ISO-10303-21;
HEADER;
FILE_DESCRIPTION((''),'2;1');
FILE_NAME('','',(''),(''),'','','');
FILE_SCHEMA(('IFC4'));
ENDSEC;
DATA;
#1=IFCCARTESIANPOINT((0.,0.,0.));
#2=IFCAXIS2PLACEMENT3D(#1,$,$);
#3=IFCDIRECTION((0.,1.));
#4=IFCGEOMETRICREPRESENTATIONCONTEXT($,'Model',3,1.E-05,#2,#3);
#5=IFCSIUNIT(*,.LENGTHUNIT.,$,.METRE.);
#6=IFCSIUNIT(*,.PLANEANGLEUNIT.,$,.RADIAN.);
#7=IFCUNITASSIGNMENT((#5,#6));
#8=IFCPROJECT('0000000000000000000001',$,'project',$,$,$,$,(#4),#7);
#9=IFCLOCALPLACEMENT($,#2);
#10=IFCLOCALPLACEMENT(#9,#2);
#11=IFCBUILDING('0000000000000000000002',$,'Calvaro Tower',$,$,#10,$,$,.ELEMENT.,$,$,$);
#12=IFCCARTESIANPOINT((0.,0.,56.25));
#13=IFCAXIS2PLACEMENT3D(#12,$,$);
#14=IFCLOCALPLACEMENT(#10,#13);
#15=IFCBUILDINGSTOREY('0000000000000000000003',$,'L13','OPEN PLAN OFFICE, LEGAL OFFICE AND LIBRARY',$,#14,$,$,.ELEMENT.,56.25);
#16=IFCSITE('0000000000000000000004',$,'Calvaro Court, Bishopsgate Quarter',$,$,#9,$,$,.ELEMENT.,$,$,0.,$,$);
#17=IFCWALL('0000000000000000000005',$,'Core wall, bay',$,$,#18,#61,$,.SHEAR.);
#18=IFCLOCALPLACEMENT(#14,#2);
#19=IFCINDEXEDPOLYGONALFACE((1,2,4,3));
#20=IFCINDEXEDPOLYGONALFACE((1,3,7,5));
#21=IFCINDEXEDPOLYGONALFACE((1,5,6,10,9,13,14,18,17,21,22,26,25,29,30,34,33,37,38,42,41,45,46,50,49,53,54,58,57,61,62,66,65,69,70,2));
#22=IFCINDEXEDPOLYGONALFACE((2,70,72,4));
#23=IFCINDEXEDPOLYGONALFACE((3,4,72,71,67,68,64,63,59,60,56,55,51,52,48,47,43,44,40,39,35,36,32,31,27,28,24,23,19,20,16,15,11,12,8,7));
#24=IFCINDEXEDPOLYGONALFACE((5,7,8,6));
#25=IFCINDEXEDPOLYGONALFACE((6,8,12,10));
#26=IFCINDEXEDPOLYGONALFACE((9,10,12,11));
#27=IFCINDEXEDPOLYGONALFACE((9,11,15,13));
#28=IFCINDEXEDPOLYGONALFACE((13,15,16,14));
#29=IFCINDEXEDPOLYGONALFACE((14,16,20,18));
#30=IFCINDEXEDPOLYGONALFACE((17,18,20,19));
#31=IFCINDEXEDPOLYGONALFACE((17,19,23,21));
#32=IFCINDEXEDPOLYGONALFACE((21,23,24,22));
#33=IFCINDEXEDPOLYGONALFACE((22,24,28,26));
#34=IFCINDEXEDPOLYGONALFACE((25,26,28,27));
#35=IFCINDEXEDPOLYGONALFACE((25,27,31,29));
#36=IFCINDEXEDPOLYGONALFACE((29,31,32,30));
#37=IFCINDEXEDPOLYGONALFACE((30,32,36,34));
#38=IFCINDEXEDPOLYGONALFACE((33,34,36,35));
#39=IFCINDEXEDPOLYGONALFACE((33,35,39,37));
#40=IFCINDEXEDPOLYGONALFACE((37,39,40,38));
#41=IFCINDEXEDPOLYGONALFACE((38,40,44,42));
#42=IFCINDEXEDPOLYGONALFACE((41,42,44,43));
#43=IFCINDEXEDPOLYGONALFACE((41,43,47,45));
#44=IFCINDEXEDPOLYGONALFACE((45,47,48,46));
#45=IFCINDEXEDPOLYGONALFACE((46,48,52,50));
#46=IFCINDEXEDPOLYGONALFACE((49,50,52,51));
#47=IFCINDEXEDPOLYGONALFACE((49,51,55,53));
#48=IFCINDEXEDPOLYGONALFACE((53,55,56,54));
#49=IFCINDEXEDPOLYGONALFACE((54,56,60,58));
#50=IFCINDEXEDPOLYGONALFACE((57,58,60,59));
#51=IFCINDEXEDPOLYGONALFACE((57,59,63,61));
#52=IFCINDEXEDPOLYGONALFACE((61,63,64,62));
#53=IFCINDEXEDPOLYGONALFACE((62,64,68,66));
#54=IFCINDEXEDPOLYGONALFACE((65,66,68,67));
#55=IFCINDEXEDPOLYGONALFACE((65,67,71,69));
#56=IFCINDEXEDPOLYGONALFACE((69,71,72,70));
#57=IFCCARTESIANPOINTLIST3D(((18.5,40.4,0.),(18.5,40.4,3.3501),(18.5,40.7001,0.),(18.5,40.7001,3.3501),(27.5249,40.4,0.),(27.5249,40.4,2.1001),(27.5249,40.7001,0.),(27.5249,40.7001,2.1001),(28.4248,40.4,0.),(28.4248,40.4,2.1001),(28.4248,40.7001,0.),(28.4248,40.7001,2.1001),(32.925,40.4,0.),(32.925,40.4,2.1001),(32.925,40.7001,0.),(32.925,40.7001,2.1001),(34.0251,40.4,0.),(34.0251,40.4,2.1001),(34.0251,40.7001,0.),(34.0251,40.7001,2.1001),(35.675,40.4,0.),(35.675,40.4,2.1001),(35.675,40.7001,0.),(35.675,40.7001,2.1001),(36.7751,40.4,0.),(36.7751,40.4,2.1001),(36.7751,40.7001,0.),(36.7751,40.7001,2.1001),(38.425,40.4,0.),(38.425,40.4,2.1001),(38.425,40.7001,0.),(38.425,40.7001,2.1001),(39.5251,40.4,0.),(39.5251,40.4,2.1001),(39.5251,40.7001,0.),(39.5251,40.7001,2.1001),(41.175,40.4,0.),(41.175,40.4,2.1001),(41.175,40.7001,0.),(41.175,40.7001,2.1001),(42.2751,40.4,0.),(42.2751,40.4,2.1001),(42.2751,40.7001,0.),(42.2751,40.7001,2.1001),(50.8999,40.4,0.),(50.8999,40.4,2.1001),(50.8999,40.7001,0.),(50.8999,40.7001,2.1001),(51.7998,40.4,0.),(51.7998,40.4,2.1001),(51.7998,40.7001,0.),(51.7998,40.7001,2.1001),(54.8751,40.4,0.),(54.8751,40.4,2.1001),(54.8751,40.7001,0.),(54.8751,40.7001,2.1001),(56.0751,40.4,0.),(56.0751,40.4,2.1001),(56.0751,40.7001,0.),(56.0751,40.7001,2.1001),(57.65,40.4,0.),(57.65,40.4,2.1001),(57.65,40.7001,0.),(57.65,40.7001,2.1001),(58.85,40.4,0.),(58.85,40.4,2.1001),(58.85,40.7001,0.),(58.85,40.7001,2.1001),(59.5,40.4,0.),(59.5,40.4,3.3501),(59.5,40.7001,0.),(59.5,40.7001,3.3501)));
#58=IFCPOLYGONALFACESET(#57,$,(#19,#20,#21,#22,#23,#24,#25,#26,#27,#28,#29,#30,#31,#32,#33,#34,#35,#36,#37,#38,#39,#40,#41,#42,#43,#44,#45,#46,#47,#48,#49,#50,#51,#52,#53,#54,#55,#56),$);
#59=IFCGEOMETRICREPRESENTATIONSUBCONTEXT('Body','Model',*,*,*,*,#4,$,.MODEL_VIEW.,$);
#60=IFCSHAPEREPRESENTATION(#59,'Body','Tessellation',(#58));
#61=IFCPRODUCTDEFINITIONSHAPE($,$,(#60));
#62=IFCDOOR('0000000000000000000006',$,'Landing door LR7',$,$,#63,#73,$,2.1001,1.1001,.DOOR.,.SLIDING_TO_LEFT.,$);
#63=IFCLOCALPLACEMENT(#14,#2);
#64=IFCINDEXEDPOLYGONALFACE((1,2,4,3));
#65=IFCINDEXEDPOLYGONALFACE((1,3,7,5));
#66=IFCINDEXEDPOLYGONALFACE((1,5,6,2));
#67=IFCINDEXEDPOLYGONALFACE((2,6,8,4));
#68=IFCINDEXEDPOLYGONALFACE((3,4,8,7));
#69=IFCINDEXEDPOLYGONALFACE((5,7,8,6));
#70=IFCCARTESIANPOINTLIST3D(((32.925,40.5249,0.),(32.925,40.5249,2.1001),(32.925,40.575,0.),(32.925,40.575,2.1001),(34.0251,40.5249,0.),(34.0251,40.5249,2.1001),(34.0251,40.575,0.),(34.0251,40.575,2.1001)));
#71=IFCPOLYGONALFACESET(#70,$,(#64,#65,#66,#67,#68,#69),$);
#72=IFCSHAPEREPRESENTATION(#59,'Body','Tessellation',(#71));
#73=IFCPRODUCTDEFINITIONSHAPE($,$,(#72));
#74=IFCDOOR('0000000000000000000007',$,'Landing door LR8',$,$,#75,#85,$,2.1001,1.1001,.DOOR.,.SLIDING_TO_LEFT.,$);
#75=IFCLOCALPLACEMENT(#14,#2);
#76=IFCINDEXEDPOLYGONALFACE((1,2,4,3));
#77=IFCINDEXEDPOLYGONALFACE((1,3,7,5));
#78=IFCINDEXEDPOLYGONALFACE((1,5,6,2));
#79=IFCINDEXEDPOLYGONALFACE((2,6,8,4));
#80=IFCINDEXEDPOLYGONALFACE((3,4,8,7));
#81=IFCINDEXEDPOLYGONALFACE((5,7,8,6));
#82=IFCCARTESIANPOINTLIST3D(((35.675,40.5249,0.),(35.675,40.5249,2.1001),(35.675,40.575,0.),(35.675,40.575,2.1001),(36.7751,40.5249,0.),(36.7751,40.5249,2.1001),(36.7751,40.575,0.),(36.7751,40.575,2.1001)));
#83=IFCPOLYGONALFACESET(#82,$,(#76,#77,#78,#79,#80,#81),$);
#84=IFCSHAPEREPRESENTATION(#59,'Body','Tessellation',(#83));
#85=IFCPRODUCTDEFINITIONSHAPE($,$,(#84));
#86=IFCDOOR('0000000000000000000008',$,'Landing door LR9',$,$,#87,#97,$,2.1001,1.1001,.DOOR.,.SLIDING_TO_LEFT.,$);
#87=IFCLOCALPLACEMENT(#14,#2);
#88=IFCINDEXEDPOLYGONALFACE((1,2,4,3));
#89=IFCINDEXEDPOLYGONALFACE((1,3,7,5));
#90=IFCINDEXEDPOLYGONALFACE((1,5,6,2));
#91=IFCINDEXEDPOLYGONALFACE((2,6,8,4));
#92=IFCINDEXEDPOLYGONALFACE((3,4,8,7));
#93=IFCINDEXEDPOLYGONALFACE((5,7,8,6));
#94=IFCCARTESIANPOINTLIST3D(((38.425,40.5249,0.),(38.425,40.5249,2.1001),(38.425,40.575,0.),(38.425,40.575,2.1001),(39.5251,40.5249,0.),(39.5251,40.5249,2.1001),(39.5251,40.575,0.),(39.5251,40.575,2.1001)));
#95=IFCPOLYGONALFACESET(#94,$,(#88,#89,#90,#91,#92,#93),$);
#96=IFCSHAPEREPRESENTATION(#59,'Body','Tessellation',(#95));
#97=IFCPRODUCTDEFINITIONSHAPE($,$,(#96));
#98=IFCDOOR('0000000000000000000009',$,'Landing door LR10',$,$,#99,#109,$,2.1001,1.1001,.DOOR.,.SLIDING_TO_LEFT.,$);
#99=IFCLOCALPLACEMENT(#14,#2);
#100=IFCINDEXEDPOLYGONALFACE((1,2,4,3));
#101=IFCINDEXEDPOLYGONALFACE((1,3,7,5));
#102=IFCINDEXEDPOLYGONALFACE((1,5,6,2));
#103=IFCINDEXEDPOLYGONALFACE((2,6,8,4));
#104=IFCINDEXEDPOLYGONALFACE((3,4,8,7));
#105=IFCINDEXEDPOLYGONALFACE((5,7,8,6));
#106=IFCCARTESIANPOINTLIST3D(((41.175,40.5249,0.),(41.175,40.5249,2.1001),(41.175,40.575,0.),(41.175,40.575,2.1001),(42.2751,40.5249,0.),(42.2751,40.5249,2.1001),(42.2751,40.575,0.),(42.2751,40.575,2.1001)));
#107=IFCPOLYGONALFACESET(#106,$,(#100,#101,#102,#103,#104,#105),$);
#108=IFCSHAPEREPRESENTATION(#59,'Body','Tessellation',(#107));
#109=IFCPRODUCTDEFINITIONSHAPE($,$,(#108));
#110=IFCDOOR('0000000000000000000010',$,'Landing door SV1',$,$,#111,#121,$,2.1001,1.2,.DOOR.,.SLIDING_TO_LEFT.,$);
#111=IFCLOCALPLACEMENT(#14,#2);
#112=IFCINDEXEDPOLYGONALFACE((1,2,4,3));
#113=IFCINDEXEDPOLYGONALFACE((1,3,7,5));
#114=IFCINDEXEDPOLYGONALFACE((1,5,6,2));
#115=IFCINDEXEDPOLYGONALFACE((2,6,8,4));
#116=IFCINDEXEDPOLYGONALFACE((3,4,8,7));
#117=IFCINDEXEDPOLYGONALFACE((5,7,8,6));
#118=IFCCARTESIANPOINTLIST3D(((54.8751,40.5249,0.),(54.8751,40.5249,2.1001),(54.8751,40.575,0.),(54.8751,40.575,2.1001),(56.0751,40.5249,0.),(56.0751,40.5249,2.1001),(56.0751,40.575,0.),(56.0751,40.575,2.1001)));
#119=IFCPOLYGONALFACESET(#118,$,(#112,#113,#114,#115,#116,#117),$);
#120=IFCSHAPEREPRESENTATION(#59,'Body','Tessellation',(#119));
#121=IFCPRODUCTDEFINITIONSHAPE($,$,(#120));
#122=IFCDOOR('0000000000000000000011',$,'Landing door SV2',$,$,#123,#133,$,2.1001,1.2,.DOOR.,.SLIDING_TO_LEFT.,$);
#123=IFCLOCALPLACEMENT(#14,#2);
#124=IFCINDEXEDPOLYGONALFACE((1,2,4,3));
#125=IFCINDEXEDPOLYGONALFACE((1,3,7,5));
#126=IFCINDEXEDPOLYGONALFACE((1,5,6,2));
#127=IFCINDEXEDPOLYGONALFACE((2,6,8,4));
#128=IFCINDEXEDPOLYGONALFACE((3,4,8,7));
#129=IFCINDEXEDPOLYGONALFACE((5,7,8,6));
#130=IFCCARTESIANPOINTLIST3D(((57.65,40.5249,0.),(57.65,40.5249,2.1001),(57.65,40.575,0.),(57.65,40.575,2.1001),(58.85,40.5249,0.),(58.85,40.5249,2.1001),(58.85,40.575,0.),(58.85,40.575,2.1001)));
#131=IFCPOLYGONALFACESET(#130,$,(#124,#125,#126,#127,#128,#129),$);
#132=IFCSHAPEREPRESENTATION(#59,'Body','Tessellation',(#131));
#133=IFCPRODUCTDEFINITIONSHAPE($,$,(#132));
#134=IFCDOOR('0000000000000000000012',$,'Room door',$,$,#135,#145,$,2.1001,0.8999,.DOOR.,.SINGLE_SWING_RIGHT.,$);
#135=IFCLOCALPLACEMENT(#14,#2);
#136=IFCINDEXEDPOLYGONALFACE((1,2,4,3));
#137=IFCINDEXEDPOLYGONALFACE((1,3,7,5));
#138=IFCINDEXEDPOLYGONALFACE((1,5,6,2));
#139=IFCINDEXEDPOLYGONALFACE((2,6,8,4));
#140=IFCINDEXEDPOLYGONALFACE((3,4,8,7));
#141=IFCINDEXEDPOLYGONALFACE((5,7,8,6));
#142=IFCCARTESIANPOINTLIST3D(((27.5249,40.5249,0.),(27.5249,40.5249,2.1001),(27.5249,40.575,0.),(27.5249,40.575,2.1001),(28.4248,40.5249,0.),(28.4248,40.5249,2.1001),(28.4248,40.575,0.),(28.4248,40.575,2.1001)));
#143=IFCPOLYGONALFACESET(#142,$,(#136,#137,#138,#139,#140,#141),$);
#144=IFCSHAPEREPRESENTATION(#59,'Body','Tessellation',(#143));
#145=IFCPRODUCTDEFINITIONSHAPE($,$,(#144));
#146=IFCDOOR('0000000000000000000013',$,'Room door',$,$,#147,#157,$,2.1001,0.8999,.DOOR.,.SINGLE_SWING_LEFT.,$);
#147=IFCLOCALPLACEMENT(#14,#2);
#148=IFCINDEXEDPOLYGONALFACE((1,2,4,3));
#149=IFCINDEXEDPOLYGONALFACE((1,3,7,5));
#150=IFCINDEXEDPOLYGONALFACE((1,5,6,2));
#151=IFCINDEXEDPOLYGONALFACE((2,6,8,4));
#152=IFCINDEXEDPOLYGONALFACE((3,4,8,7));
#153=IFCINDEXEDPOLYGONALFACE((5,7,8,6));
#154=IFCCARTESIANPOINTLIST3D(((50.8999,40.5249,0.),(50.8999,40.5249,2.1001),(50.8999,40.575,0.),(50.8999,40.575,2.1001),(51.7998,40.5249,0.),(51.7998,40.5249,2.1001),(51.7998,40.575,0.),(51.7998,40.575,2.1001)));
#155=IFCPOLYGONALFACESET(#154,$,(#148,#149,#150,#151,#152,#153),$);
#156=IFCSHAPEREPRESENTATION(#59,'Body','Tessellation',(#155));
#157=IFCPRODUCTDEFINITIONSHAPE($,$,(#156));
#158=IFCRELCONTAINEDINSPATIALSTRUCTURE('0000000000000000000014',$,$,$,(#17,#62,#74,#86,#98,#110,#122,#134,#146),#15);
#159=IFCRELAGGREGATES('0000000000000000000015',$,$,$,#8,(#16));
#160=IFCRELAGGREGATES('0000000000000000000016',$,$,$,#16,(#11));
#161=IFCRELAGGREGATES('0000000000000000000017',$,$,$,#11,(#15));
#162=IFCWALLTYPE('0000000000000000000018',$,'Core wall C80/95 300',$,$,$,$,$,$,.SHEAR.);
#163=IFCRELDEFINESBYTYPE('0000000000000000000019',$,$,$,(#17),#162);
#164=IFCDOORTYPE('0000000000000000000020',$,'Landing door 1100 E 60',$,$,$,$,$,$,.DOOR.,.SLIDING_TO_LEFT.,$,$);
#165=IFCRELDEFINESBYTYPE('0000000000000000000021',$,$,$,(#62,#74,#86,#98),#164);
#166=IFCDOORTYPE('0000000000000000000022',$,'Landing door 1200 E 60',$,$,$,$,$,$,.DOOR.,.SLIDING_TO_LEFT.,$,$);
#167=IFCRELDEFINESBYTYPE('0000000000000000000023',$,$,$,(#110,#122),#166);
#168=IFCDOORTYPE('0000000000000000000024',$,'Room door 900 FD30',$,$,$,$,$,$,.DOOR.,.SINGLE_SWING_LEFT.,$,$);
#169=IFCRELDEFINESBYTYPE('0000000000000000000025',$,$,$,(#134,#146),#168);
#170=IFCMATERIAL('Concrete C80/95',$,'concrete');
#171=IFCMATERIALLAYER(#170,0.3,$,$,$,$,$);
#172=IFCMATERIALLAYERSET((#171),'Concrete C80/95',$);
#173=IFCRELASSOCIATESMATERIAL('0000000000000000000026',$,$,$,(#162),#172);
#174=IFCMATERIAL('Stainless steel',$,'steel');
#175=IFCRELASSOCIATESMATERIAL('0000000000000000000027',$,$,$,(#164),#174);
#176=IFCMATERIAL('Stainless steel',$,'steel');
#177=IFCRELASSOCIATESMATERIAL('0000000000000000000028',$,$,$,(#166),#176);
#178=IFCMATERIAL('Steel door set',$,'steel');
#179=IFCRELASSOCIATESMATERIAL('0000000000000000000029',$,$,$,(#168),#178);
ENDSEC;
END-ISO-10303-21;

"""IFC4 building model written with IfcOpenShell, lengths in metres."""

from ifc_helpers import new_model, si_unit, direction, frame, frame_2d, origin, place, context, subcontext, project, spatial, rectangle, extrude, material, layer, layer_set, type_object, element, fill, save


model = new_model("IFC4")

# Units and contexts
model_context = context("Model", 3, precision=1e-05, world=origin(), true_north=direction((0.0, 1.0)))
body_context = subcontext(model_context, "Body", "Model", "MODEL_VIEW")
ifc_project = project(units=[si_unit("LENGTHUNIT", "METRE"), si_unit("PLANEANGLEUNIT", "RADIAN")], contexts=[model_context])

# Site, building, storey
site_placement = place(None, origin())
site = spatial("IfcSite", under=ifc_project, at=site_placement, Name="Calvaro Court, Bishopsgate Quarter", CompositionType="ELEMENT", RefElevation=0.0)
building_placement = place(site_placement, origin())
building = spatial("IfcBuilding", under=site, at=building_placement, Name="Calvaro Tower", CompositionType="ELEMENT")
storey_placement = place(building_placement, frame((0.0, 0.0, 56.25)))
storey = spatial("IfcBuildingStorey", under=building, at=storey_placement, Name="L13", Description="OPEN PLAN OFFICE, LEGAL OFFICE AND LIBRARY", CompositionType="ELEMENT", Elevation=56.25)

# Shared definitions
ifc_material_1 = material(Name="Concrete C80/95", Category="concrete")
ifc_layer_1 = layer(ifc_material_1, 0.3)
ifc_layer_set_1 = layer_set([ifc_layer_1], Name="Concrete C80/95")
wall_type_1 = type_object("IfcWallType", Name="Core wall C80/95 300", PredefinedType="SHEAR", material=ifc_layer_set_1)
ifc_material_2 = material(Name="Stainless steel", Category="steel")
door_type_1 = type_object("IfcDoorType", Name="Landing door 1100 E 60", OperationType="SLIDING_TO_LEFT", PredefinedType="DOOR", material=ifc_material_2)

# Wall, openings, doors
wall_1_placement = place(storey_placement, frame((18.5, 40.55, 0.0), z_axis=(0.0, 0.0, 1.0), x_axis=(1.0, 0.0, 0.0)))
wall_1 = element("IfcWall", 1, at=wall_1_placement, inside=storey, type_object=wall_type_1, Name="Core wall, bay", PredefinedType="SHEAR", context=body_context, shape_type="SweptSolid", body=[
    extrude(rectangle(XDim=41.0, YDim=0.3, at=frame_2d((20.5, 0.0))), origin(), (0.0, 0.0, 1.0), 3.3501),
])
opening_1_placement = place(wall_1_placement, frame((9.0249, 0.0, 0.0)))
opening_1 = element("IfcOpeningElement", 2, at=opening_1_placement, cuts=wall_1, PredefinedType="OPENING", context=body_context, shape_type="SweptSolid", body=[
    extrude(rectangle(XDim=0.8999, YDim=2.1001, at=frame_2d((0.45, 1.05))), frame((0.0, 0.1599, 0.0), z_axis=(0.0, -1.0, 0.0), x_axis=(1.0, 0.0, 0.0)), (0.0, 0.0, 1.0), 0.3201),
])
opening_2_placement = place(wall_1_placement, frame((32.3999, 0.0, 0.0)))
opening_2 = element("IfcOpeningElement", 3, at=opening_2_placement, cuts=wall_1, PredefinedType="OPENING", context=body_context, shape_type="SweptSolid", body=[
    extrude(rectangle(XDim=0.8999, YDim=2.1001, at=frame_2d((0.45, 1.05))), frame((0.0, 0.1599, 0.0), z_axis=(0.0, -1.0, 0.0), x_axis=(1.0, 0.0, 0.0)), (0.0, 0.0, 1.0), 0.3201),
])
opening_3_placement = place(wall_1_placement, frame((14.425, 0.0, 0.0)))
opening_3 = element("IfcOpeningElement", 4, at=opening_3_placement, cuts=wall_1, PredefinedType="OPENING", context=body_context, shape_type="SweptSolid", body=[
    extrude(rectangle(XDim=1.1001, YDim=2.1001, at=frame_2d((0.55, 1.05))), frame((0.0, 0.1599, 0.0), z_axis=(0.0, -1.0, 0.0), x_axis=(1.0, 0.0, 0.0)), (0.0, 0.0, 1.0), 0.3201),
])
opening_4_placement = place(wall_1_placement, frame((17.175, 0.0, 0.0)))
opening_4 = element("IfcOpeningElement", 5, at=opening_4_placement, cuts=wall_1, PredefinedType="OPENING", context=body_context, shape_type="SweptSolid", body=[
    extrude(rectangle(XDim=1.1001, YDim=2.1001, at=frame_2d((0.55, 1.05))), frame((0.0, 0.1599, 0.0), z_axis=(0.0, -1.0, 0.0), x_axis=(1.0, 0.0, 0.0)), (0.0, 0.0, 1.0), 0.3201),
])
opening_5_placement = place(wall_1_placement, frame((19.925, 0.0, 0.0)))
opening_5 = element("IfcOpeningElement", 6, at=opening_5_placement, cuts=wall_1, PredefinedType="OPENING", context=body_context, shape_type="SweptSolid", body=[
    extrude(rectangle(XDim=1.1001, YDim=2.1001, at=frame_2d((0.55, 1.05))), frame((0.0, 0.1599, 0.0), z_axis=(0.0, -1.0, 0.0), x_axis=(1.0, 0.0, 0.0)), (0.0, 0.0, 1.0), 0.3201),
])
opening_6_placement = place(wall_1_placement, frame((22.675, 0.0, 0.0)))
opening_6 = element("IfcOpeningElement", 7, at=opening_6_placement, cuts=wall_1, PredefinedType="OPENING", context=body_context, shape_type="SweptSolid", body=[
    extrude(rectangle(XDim=1.1001, YDim=2.1001, at=frame_2d((0.55, 1.05))), frame((0.0, 0.1599, 0.0), z_axis=(0.0, -1.0, 0.0), x_axis=(1.0, 0.0, 0.0)), (0.0, 0.0, 1.0), 0.3201),
])
opening_7_placement = place(wall_1_placement, frame((36.375, 0.0, 0.0)))
opening_7 = element("IfcOpeningElement", 8, at=opening_7_placement, cuts=wall_1, PredefinedType="OPENING", context=body_context, shape_type="SweptSolid", body=[
    extrude(rectangle(XDim=1.2, YDim=2.1001, at=frame_2d((0.6001, 1.05))), frame((0.0, 0.1599, 0.0), z_axis=(0.0, -1.0, 0.0), x_axis=(1.0, 0.0, 0.0)), (0.0, 0.0, 1.0), 0.3201),
])
opening_8_placement = place(wall_1_placement, frame((39.1499, 0.0, 0.0)))
opening_8 = element("IfcOpeningElement", 9, at=opening_8_placement, cuts=wall_1, PredefinedType="OPENING", context=body_context, shape_type="SweptSolid", body=[
    extrude(rectangle(XDim=1.2, YDim=2.1001, at=frame_2d((0.6001, 1.05))), frame((0.0, 0.1599, 0.0), z_axis=(0.0, -1.0, 0.0), x_axis=(1.0, 0.0, 0.0)), (0.0, 0.0, 1.0), 0.3201),
])
door_1_placement = place(opening_3_placement, origin())
door_1 = element("IfcDoor", 10, at=door_1_placement, inside=storey, type_object=door_type_1, Name="Landing door LR7", OperationType="SLIDING_TO_LEFT", OverallHeight=2.1001, OverallWidth=1.1001, PredefinedType="DOOR", context=body_context, shape_type="SweptSolid", body=[
    extrude(rectangle(XDim=1.1001, YDim=2.1001, at=frame_2d((0.55, 1.05))), frame((0.0, 0.0249, 0.0), z_axis=(0.0, -1.0, 0.0), x_axis=(1.0, 0.0, 0.0)), (0.0, 0.0, 1.0), 0.05),
])
fill(opening_3, door_1)
door_2_placement = place(opening_4_placement, origin())
door_2 = element("IfcDoor", 11, at=door_2_placement, inside=storey, type_object=door_type_1, Name="Landing door LR8", OperationType="SLIDING_TO_LEFT", OverallHeight=2.1001, OverallWidth=1.1001, PredefinedType="DOOR", context=body_context, shape_type="SweptSolid", body=[
    extrude(rectangle(XDim=1.1001, YDim=2.1001, at=frame_2d((0.55, 1.05))), frame((0.0, 0.0249, 0.0), z_axis=(0.0, -1.0, 0.0), x_axis=(1.0, 0.0, 0.0)), (0.0, 0.0, 1.0), 0.05),
])
fill(opening_4, door_2)
door_3_placement = place(opening_5_placement, origin())
door_3 = element("IfcDoor", 12, at=door_3_placement, inside=storey, type_object=door_type_1, Name="Landing door LR9", OperationType="SLIDING_TO_LEFT", OverallHeight=2.1001, OverallWidth=1.1001, PredefinedType="DOOR", context=body_context, shape_type="SweptSolid", body=[
    extrude(rectangle(XDim=1.1001, YDim=2.1001, at=frame_2d((0.55, 1.05))), frame((0.0, 0.0249, 0.0), z_axis=(0.0, -1.0, 0.0), x_axis=(1.0, 0.0, 0.0)), (0.0, 0.0, 1.0), 0.05),
])
fill(opening_5, door_3)
door_4_placement = place(opening_6_placement, origin())
door_4 = element("IfcDoor", 13, at=door_4_placement, inside=storey, type_object=door_type_1, Name="Landing door LR10", OperationType="SLIDING_TO_LEFT", OverallHeight=2.1001, OverallWidth=1.1001, PredefinedType="DOOR", context=body_context, shape_type="SweptSolid", body=[
    extrude(rectangle(XDim=1.1001, YDim=2.1001, at=frame_2d((0.55, 1.05))), frame((0.0, 0.0249, 0.0), z_axis=(0.0, -1.0, 0.0), x_axis=(1.0, 0.0, 0.0)), (0.0, 0.0, 1.0), 0.05),
])
fill(opening_6, door_4)
ifc_material_3 = material(Name="Stainless steel", Category="steel")
door_type_2 = type_object("IfcDoorType", Name="Landing door 1200 E 60", OperationType="SLIDING_TO_LEFT", PredefinedType="DOOR", material=ifc_material_3)
door_5_placement = place(opening_7_placement, origin())
door_5 = element("IfcDoor", 14, at=door_5_placement, inside=storey, type_object=door_type_2, Name="Landing door SV1", OperationType="SLIDING_TO_LEFT", OverallHeight=2.1001, OverallWidth=1.2, PredefinedType="DOOR", context=body_context, shape_type="SweptSolid", body=[
    extrude(rectangle(XDim=1.2, YDim=2.1001, at=frame_2d((0.6001, 1.05))), frame((0.0, 0.0249, 0.0), z_axis=(0.0, -1.0, 0.0), x_axis=(1.0, 0.0, 0.0)), (0.0, 0.0, 1.0), 0.05),
])
fill(opening_7, door_5)
door_6_placement = place(opening_8_placement, origin())
door_6 = element("IfcDoor", 15, at=door_6_placement, inside=storey, type_object=door_type_2, Name="Landing door SV2", OperationType="SLIDING_TO_LEFT", OverallHeight=2.1001, OverallWidth=1.2, PredefinedType="DOOR", context=body_context, shape_type="SweptSolid", body=[
    extrude(rectangle(XDim=1.2, YDim=2.1001, at=frame_2d((0.6001, 1.05))), frame((0.0, 0.0249, 0.0), z_axis=(0.0, -1.0, 0.0), x_axis=(1.0, 0.0, 0.0)), (0.0, 0.0, 1.0), 0.05),
])
fill(opening_8, door_6)
ifc_material_4 = material(Name="Steel door set", Category="steel")
door_type_3 = type_object("IfcDoorType", Name="Room door 900 FD30", OperationType="SINGLE_SWING_LEFT", PredefinedType="DOOR", material=ifc_material_4)
door_7_placement = place(opening_1_placement, origin())
door_7 = element("IfcDoor", 16, at=door_7_placement, inside=storey, type_object=door_type_3, Name="Room door", OperationType="SINGLE_SWING_RIGHT", OverallHeight=2.1001, OverallWidth=0.8999, PredefinedType="DOOR", context=body_context, shape_type="SweptSolid", body=[
    extrude(rectangle(XDim=0.8999, YDim=2.1001, at=frame_2d((0.45, 1.05))), frame((0.0, 0.0249, 0.0), z_axis=(0.0, -1.0, 0.0), x_axis=(1.0, 0.0, 0.0)), (0.0, 0.0, 1.0), 0.05),
])
fill(opening_1, door_7)
door_8_placement = place(opening_2_placement, origin())
door_8 = element("IfcDoor", 17, at=door_8_placement, inside=storey, type_object=door_type_3, Name="Room door", OperationType="SINGLE_SWING_LEFT", OverallHeight=2.1001, OverallWidth=0.8999, PredefinedType="DOOR", context=body_context, shape_type="SweptSolid", body=[
    extrude(rectangle(XDim=0.8999, YDim=2.1001, at=frame_2d((0.45, 1.05))), frame((0.0, 0.0249, 0.0), z_axis=(0.0, -1.0, 0.0), x_axis=(1.0, 0.0, 0.0)), (0.0, 0.0, 1.0), 0.05),
])
fill(opening_2, door_8)

save(model, "model.ifc")
